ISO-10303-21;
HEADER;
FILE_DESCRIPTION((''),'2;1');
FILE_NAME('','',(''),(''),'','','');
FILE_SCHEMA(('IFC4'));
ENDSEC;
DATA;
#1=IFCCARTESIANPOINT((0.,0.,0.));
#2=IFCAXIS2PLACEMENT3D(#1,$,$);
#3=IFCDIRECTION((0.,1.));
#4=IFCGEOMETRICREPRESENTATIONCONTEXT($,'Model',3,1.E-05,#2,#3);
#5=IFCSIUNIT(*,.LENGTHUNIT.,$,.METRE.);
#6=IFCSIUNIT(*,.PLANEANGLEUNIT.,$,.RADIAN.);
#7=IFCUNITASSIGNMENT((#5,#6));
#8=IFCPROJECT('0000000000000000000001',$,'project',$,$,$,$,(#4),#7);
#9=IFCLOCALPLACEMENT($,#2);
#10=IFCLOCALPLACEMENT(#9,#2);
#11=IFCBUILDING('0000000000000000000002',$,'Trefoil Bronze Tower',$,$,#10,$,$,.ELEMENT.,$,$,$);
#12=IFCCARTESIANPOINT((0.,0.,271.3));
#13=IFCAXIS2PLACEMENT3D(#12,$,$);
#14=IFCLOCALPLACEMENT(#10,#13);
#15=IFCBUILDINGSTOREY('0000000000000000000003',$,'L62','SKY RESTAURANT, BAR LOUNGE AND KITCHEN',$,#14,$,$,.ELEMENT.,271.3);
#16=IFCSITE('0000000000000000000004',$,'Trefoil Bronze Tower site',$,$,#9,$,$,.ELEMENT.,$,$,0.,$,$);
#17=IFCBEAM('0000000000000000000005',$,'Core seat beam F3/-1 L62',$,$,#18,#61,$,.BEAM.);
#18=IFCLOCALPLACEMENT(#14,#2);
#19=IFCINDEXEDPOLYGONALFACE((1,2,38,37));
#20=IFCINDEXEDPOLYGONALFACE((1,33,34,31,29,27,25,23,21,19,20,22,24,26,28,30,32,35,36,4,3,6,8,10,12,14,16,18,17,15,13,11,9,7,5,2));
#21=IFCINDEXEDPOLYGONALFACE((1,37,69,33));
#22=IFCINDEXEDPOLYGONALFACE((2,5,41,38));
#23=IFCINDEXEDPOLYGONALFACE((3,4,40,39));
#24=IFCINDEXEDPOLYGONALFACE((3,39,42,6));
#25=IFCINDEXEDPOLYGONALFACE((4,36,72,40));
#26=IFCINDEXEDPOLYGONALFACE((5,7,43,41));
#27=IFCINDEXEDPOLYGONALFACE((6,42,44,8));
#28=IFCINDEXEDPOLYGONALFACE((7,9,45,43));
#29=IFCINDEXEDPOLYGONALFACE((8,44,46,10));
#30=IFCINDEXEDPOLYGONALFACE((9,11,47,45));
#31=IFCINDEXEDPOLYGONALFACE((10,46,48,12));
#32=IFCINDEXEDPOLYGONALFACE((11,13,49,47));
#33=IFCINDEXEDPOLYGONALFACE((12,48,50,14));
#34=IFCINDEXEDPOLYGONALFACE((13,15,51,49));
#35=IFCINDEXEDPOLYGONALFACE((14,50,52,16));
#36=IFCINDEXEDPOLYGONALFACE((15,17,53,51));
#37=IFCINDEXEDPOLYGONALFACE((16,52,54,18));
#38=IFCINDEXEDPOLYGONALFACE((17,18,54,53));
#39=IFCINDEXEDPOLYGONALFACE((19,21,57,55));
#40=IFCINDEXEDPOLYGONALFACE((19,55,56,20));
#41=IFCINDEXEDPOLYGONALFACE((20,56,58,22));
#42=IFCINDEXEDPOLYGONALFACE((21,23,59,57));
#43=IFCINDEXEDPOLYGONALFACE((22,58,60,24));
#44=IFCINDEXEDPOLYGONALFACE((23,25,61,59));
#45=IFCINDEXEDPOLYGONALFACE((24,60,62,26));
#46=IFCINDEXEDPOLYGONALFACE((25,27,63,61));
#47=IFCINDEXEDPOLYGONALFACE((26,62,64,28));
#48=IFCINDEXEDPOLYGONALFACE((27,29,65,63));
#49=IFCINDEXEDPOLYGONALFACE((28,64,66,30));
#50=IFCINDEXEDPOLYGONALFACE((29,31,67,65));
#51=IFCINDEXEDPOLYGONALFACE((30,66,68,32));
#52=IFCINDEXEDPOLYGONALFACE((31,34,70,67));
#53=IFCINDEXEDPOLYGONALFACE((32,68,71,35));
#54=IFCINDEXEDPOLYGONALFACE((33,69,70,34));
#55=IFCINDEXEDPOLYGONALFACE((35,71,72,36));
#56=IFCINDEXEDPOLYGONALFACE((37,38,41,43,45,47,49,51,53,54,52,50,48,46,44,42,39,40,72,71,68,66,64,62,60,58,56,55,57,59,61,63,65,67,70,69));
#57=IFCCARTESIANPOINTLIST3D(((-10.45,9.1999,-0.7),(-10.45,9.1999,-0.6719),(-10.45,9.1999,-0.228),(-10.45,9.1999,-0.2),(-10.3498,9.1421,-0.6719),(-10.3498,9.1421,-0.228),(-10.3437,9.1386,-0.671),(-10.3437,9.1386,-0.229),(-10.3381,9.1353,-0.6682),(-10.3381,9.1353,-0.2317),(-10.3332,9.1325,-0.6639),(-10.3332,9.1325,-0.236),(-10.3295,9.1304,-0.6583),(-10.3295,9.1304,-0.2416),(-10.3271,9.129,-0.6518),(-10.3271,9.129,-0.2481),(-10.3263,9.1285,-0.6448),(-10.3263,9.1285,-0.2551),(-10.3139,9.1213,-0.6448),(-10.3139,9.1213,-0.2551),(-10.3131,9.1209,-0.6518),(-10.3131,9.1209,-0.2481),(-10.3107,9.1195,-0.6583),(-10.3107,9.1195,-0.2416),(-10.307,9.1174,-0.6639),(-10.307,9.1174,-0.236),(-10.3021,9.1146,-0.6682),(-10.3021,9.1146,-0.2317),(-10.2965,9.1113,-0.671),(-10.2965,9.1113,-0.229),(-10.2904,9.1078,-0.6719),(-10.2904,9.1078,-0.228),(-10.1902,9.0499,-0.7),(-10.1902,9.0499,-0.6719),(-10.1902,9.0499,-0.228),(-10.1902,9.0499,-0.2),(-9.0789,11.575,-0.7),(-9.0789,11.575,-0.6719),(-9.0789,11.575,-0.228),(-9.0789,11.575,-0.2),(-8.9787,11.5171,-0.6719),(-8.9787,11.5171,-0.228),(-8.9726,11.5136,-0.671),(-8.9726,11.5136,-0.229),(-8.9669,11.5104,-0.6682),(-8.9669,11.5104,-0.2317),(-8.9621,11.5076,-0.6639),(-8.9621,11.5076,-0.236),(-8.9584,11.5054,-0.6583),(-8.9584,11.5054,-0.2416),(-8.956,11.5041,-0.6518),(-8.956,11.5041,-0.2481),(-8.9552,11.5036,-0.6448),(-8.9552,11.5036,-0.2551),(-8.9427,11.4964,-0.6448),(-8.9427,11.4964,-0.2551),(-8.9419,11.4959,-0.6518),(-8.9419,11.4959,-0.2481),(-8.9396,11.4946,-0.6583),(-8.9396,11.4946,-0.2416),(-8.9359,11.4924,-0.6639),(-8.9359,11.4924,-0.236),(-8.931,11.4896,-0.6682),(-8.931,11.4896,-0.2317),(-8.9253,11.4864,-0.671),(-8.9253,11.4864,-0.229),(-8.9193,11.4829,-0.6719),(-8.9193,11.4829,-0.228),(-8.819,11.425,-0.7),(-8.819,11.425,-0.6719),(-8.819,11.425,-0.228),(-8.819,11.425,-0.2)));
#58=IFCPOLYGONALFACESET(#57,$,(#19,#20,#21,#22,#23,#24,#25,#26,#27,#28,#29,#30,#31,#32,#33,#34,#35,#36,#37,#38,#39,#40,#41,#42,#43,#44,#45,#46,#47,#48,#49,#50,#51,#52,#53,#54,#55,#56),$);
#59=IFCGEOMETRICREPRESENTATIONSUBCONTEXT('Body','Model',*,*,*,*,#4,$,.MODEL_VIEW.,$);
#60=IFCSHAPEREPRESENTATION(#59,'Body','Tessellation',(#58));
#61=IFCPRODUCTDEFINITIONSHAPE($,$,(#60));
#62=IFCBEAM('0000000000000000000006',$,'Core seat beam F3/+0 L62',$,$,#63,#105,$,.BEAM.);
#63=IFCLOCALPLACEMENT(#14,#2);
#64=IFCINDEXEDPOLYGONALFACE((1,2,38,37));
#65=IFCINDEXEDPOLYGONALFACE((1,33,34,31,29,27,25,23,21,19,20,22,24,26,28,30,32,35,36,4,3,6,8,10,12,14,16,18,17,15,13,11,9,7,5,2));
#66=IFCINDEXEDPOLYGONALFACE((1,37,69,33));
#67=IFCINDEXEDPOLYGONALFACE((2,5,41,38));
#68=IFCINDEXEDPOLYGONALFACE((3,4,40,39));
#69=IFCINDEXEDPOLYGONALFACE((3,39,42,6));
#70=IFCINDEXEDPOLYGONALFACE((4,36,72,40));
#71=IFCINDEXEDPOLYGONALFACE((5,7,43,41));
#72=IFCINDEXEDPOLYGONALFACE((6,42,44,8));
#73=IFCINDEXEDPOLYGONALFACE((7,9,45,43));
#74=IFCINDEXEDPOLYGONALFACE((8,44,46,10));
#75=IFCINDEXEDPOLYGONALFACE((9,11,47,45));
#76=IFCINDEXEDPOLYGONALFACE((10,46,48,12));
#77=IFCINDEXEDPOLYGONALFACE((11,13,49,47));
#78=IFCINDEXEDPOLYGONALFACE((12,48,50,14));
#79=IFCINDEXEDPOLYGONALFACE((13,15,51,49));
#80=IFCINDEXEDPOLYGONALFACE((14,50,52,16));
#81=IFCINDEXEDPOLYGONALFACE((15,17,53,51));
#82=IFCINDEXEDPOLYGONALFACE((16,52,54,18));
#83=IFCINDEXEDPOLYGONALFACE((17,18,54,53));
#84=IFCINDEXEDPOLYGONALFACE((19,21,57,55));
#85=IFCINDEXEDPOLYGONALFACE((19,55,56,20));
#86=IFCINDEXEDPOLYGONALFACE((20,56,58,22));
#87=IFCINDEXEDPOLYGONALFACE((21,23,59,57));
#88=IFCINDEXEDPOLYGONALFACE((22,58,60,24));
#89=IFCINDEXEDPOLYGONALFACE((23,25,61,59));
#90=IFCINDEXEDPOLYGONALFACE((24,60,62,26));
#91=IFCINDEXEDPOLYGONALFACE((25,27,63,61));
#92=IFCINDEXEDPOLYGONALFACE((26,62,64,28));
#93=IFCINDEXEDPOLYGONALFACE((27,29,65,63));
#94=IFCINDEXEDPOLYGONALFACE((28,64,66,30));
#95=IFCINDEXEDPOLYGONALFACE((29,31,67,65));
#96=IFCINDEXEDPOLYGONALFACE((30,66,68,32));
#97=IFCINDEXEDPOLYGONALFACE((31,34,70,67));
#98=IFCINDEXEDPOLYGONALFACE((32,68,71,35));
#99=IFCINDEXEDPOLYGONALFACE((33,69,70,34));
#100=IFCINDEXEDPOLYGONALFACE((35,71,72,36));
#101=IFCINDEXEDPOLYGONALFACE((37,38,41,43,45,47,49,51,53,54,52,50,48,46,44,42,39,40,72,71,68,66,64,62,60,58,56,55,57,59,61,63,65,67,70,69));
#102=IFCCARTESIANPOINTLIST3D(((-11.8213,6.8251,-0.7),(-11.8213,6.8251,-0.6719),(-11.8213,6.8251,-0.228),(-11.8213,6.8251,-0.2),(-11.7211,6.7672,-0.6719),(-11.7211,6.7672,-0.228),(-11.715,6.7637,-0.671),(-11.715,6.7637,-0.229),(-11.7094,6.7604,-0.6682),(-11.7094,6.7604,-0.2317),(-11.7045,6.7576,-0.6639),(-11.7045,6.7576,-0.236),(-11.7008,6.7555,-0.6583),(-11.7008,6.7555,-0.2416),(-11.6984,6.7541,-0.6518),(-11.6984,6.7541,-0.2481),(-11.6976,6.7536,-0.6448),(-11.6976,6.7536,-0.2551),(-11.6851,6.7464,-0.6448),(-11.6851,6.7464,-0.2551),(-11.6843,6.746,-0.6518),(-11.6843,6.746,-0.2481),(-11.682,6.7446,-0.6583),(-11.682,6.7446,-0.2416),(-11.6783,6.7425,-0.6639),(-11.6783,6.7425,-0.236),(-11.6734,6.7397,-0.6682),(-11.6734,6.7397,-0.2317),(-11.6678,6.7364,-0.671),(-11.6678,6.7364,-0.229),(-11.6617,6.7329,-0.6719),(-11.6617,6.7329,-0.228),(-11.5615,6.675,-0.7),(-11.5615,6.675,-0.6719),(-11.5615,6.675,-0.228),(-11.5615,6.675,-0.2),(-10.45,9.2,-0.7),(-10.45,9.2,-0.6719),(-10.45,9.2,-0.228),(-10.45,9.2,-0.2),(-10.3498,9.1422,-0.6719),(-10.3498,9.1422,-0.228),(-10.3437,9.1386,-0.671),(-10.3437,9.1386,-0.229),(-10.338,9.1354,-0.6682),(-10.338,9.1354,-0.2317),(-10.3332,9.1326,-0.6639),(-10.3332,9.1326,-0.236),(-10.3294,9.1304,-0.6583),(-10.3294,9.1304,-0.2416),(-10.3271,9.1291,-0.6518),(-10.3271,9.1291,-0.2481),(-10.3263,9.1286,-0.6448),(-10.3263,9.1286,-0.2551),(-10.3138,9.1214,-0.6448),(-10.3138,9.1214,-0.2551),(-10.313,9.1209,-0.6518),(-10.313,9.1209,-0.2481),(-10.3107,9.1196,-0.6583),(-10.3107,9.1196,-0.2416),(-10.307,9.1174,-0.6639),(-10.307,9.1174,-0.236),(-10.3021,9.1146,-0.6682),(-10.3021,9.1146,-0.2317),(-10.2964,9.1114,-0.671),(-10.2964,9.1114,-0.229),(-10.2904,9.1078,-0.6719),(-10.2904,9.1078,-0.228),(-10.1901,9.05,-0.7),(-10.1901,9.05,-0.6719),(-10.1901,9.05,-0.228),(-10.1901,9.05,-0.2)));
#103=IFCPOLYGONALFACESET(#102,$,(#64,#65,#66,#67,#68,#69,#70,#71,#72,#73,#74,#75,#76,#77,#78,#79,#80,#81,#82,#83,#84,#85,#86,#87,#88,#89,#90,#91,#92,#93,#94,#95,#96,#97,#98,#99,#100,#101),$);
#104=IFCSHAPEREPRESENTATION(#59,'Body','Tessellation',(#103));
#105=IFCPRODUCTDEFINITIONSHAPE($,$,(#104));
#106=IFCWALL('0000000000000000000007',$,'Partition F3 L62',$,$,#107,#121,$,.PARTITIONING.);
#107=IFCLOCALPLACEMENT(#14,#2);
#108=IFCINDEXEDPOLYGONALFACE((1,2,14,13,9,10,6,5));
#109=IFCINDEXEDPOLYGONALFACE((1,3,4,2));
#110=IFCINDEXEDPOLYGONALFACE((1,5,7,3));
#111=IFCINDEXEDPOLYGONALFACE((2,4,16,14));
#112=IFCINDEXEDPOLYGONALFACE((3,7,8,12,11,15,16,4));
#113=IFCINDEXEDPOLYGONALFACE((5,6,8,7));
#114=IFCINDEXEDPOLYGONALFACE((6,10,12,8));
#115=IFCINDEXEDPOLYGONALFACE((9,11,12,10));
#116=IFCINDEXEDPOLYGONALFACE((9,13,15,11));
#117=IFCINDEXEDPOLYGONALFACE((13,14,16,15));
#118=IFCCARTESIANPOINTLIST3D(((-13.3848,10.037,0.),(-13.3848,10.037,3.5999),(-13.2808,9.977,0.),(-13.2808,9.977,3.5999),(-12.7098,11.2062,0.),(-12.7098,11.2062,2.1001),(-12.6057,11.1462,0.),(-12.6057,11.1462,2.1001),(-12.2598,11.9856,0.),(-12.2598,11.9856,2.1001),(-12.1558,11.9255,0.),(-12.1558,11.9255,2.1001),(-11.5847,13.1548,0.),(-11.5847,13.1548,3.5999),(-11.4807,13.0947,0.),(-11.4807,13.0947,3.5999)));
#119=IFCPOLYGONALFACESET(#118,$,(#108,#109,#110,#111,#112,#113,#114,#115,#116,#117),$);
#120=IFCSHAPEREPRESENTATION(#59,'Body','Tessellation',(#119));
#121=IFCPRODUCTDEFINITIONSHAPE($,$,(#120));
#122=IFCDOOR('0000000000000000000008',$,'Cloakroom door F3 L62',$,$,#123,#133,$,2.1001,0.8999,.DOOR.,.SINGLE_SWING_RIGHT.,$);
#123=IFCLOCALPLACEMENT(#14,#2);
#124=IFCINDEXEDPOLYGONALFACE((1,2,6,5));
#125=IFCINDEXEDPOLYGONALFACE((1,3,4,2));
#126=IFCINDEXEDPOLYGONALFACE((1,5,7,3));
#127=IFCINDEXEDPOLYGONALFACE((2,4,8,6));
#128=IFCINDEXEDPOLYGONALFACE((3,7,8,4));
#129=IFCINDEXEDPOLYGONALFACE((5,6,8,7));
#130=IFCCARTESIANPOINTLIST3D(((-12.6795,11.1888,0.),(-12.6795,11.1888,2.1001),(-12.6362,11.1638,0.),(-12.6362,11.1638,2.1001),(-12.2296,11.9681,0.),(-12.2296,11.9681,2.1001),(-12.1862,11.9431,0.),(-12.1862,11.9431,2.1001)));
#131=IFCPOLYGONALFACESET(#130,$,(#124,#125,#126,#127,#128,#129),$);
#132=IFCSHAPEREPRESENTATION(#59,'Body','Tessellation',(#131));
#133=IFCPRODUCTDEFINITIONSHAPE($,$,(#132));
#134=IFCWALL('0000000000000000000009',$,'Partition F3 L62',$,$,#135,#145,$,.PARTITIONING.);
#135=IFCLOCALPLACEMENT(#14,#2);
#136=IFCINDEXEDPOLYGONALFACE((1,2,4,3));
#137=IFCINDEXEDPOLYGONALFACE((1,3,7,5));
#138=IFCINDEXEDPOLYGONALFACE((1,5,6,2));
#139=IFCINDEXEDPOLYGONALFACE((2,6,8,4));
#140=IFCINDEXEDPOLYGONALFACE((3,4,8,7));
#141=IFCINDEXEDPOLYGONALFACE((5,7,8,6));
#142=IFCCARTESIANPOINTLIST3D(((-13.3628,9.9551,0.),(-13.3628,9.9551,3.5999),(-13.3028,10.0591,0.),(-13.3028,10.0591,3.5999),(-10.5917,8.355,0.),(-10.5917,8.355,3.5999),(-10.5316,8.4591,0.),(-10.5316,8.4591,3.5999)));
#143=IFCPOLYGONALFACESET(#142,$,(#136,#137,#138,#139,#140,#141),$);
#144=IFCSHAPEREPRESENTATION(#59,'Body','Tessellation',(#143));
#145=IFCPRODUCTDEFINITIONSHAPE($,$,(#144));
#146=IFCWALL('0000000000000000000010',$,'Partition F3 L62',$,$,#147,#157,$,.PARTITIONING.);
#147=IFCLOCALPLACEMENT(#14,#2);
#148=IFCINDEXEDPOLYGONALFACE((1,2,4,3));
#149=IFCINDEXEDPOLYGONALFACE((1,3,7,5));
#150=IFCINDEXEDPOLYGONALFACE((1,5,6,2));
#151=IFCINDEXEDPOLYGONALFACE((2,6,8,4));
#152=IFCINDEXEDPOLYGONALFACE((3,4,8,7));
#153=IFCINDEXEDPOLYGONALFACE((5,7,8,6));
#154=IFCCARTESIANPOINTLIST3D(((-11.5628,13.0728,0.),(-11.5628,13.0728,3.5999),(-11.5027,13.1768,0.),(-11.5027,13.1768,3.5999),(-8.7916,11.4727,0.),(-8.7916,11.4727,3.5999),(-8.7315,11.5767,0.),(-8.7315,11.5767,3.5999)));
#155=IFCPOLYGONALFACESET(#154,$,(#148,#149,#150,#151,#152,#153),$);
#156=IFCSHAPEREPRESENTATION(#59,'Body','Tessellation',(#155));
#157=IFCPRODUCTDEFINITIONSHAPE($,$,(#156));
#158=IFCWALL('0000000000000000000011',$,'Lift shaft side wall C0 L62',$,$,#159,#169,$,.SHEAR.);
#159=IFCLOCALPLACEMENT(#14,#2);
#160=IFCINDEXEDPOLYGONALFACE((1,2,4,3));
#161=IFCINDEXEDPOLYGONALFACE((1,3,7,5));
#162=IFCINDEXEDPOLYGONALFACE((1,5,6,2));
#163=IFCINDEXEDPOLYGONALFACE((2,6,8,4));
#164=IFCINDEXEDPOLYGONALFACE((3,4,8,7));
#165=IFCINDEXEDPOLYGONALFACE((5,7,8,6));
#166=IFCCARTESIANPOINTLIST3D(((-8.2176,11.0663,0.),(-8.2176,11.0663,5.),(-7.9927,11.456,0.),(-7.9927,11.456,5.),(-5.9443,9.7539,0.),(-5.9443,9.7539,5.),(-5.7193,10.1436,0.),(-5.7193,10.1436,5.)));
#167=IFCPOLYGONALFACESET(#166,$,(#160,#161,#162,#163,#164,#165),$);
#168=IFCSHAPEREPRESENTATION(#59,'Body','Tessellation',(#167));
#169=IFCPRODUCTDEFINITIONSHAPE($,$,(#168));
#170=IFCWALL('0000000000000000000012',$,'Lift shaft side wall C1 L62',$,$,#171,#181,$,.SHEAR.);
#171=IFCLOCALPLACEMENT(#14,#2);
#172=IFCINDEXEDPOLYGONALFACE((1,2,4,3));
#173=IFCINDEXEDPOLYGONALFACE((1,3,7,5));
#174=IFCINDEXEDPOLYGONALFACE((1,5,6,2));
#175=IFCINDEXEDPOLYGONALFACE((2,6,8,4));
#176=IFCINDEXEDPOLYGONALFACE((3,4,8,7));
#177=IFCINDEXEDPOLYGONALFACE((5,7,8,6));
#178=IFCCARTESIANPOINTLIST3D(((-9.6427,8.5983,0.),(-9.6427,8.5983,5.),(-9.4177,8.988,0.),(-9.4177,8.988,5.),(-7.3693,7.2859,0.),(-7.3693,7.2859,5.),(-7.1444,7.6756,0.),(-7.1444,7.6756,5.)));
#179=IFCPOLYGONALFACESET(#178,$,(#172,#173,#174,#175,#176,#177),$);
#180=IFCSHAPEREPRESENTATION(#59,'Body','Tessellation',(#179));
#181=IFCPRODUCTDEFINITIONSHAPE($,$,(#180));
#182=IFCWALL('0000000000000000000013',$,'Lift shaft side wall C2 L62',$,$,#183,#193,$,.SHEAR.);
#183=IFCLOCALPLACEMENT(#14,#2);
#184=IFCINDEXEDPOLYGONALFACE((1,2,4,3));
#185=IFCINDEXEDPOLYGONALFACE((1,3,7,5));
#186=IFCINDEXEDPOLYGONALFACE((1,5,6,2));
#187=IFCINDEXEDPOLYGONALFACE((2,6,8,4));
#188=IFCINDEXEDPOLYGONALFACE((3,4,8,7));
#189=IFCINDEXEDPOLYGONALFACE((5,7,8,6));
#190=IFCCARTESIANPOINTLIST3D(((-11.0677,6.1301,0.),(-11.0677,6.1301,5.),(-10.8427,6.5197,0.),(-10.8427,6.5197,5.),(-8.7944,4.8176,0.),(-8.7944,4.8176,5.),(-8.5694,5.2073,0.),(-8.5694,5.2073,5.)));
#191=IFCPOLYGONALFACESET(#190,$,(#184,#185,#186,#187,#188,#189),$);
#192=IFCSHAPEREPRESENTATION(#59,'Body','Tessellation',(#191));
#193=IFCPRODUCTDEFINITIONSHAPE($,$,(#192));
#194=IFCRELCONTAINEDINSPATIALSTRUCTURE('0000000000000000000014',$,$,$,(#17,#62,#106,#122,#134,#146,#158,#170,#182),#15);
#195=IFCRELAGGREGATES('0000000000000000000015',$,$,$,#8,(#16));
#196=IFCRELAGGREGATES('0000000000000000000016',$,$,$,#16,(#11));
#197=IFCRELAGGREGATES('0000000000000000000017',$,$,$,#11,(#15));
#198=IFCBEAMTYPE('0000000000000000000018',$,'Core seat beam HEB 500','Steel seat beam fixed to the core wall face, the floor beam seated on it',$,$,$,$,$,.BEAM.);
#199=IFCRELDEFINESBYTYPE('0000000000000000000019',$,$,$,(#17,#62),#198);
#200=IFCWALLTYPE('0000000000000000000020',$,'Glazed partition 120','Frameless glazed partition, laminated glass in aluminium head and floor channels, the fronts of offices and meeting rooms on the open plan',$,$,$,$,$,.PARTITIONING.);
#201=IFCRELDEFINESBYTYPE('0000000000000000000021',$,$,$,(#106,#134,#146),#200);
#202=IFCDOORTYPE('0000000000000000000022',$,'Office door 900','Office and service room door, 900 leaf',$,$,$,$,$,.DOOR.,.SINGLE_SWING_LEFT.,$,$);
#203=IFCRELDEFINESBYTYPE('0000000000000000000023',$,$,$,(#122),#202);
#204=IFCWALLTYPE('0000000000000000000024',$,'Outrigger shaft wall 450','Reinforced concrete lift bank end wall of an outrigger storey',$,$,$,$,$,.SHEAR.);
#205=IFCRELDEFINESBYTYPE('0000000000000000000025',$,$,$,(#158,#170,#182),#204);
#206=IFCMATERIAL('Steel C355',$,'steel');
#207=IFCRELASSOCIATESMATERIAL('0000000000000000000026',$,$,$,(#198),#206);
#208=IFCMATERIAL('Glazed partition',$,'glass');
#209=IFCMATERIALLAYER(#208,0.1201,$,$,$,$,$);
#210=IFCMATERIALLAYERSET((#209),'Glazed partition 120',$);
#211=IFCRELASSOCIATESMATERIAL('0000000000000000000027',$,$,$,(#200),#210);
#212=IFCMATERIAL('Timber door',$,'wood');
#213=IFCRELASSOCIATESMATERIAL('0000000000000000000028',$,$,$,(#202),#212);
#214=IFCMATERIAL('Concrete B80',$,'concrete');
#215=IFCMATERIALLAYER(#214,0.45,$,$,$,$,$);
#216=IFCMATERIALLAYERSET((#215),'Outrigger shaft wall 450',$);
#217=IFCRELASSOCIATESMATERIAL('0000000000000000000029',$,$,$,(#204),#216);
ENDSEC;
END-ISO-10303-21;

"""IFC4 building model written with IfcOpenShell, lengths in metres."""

from ifc_helpers import new_model, si_unit, direction, frame, frame_2d, origin, origin_2d, place, context, subcontext, project, spatial, rectangle, i_section, extrude, material, layer, layer_set, material_profile, profile_set, type_object, element, fill, save


model = new_model("IFC4")

# Units and contexts
model_context = context("Model", 3, precision=1e-05, world=origin(), true_north=direction((0.0, 1.0)))
body_context = subcontext(model_context, "Body", "Model", "MODEL_VIEW")
ifc_project = project(units=[si_unit("LENGTHUNIT", "METRE"), si_unit("PLANEANGLEUNIT", "RADIAN")], contexts=[model_context])

# Site, building, storey
site_placement = place(None, origin())
site = spatial("IfcSite", under=ifc_project, at=site_placement, Name="Trefoil Bronze Tower site", CompositionType="ELEMENT", RefElevation=0.0)
building_placement = place(site_placement, origin())
building = spatial("IfcBuilding", under=site, at=building_placement, Name="Trefoil Bronze Tower", CompositionType="ELEMENT")
storey_placement = place(building_placement, frame((0.0, 0.0, 271.3)))
storey = spatial("IfcBuildingStorey", under=building, at=storey_placement, Name="L62", Description="SKY RESTAURANT, BAR LOUNGE AND KITCHEN", CompositionType="ELEMENT", Elevation=271.3)

# Beams
ifc_material_1 = material(Name="Steel C355", Category="steel")
ifc_material_profile = material_profile(ifc_material_1, i_section(OverallWidth=0.3, OverallDepth=0.5, WebThickness=0.0144, FlangeThickness=0.0281, FilletRadius=0.0271, at=origin_2d()), Name="HEB 500")
ifc_profile_set = profile_set([ifc_material_profile], Name="Steel C355")
beam_type = type_object("IfcBeamType", Name="Core seat beam HEB 500", Description="Steel seat beam fixed to the core wall face, the floor beam seated on it", PredefinedType="BEAM", material=ifc_profile_set)
for number, where, z_axis, x_axis, name in (
    (1, (-8.949, 11.5, -0.45), (-0.499969, -0.866043, 0.0), (0.866043, -0.499969, 0.0), "Core seat beam F3/-1 L62"),
    (2, (-10.3201, 9.125, -0.45), (-0.500036, -0.866005, 0.0), (0.866005, -0.500036, 0.0), "Core seat beam F3/+0 L62"),
):
    element("IfcBeam", number, at=place(storey_placement, frame(where, z_axis=z_axis, x_axis=x_axis)), inside=storey, type_object=beam_type, Name=name, PredefinedType="BEAM", context=body_context, shape_type="SweptSolid", body=[
        extrude(i_section(OverallWidth=0.3, OverallDepth=0.5, WebThickness=0.0144, FlangeThickness=0.0281, FilletRadius=0.0271, at=origin_2d()), origin(), (0.0, 0.0, 1.0), 2.7424),
    ])

# Wall, opening, door
ifc_material_2 = material(Name="Glazed partition", Category="glass")
ifc_layer_1 = layer(ifc_material_2, 0.1201)
ifc_layer_set_1 = layer_set([ifc_layer_1], Name="Glazed partition 120")
wall_type_1 = type_object("IfcWallType", Name="Glazed partition 120", Description="Frameless glazed partition, laminated glass in aluminium head and floor channels, the fronts of offices and meeting rooms on the open plan", PredefinedType="PARTITIONING", material=ifc_layer_set_1)
wall_1_placement = place(storey_placement, frame((-11.5327, 13.1248, 0.0), z_axis=(0.0, 0.0, 1.0), x_axis=(-0.500012, -0.866018, 0.0)))
wall_1 = element("IfcWall", 3, at=wall_1_placement, inside=storey, type_object=wall_type_1, Name="Partition F3 L62", PredefinedType="PARTITIONING", context=body_context, shape_type="SweptSolid", body=[
    extrude(rectangle(XDim=3.6001, YDim=0.1201, at=frame_2d((1.8, 0.0))), origin(), (0.0, 0.0, 1.0), 3.5999),
])
opening_1_placement = place(wall_1_placement, frame((1.3501, 0.0, 0.0)))
opening_1 = element("IfcOpeningElement", 4, at=opening_1_placement, cuts=wall_1, PredefinedType="OPENING", context=body_context, shape_type="SweptSolid", body=[
    extrude(rectangle(XDim=0.8999, YDim=2.1001, at=frame_2d((0.45, 1.05))), frame((0.0, 0.0701, 0.0), z_axis=(0.0, -1.0, 0.0), x_axis=(1.0, 0.0, 0.0)), (0.0, 0.0, 1.0), 0.1401),
])
ifc_material_3 = material(Name="Timber door", Category="wood")
door_type_1 = type_object("IfcDoorType", Name="Office door 900", Description="Office and service room door, 900 leaf", OperationType="SINGLE_SWING_LEFT", PredefinedType="DOOR", material=ifc_material_3)
door_1_placement = place(opening_1_placement, origin())
door_1 = element("IfcDoor", 5, at=door_1_placement, inside=storey, type_object=door_type_1, Name="Cloakroom door F3 L62", OperationType="SINGLE_SWING_RIGHT", OverallHeight=2.1001, OverallWidth=0.8999, PredefinedType="DOOR", context=body_context, shape_type="SweptSolid", body=[
    extrude(rectangle(XDim=0.8999, YDim=2.1001, at=frame_2d((0.45, 1.05))), frame((0.0, 0.0249, 0.0), z_axis=(0.0, -1.0, 0.0), x_axis=(1.0, 0.0, 0.0)), (0.0, 0.0, 1.0), 0.05),
])
fill(opening_1, door_1)

# Walls
for number, where, z_axis, x_axis, name in (
    (6, (-10.5615, 8.407, 0.0), (0.0, 0.0, 1.0), (-0.866009, 0.500028, 0.0), "Partition F3 L62"),
    (7, (-8.7615, 11.5247, 0.0), (0.0, 0.0, 1.0), (-0.866009, 0.500028, 0.0), "Partition F3 L62"),
):
    element("IfcWall", number, at=place(storey_placement, frame(where, z_axis=z_axis, x_axis=x_axis)), inside=storey, type_object=wall_type_1, Name=name, PredefinedType="PARTITIONING", context=body_context, shape_type="SweptSolid", body=[
        extrude(rectangle(XDim=3.2, YDim=0.1201, at=frame_2d((1.6001, 0.0))), origin(), (0.0, 0.0, 1.0), 3.5999),
    ])
ifc_material_4 = material(Name="Concrete B80", Category="concrete")
ifc_layer_2 = layer(ifc_material_4, 0.45)
ifc_layer_set_2 = layer_set([ifc_layer_2], Name="Outrigger shaft wall 450")
wall_type_2 = type_object("IfcWallType", Name="Outrigger shaft wall 450", Description="Reinforced concrete lift bank end wall of an outrigger storey", PredefinedType="SHEAR", material=ifc_layer_set_2)
for number, where, z_axis, x_axis, name in (
    (8, (-5.8318, 9.9487, 0.0), (0.0, 0.0, 1.0), (-0.866037, 0.49998, 0.0), "Lift shaft side wall C0 L62"),
    (9, (-7.2568, 7.4807, 0.0), (0.0, 0.0, 1.0), (-0.866037, 0.49998, 0.0), "Lift shaft side wall C1 L62"),
    (10, (-8.6819, 5.0125, 0.0), (0.0, 0.0, 1.0), (-0.866037, 0.49998, 0.0), "Lift shaft side wall C2 L62"),
):
    element("IfcWall", number, at=place(storey_placement, frame(where, z_axis=z_axis, x_axis=x_axis)), inside=storey, type_object=wall_type_2, Name=name, PredefinedType="SHEAR", context=body_context, shape_type="SweptSolid", body=[
        extrude(rectangle(XDim=2.625, YDim=0.45, at=frame_2d((1.3125, 0.0))), origin(), (0.0, 0.0, 1.0), 5.0),
    ])

save(model, "model.ifc")
